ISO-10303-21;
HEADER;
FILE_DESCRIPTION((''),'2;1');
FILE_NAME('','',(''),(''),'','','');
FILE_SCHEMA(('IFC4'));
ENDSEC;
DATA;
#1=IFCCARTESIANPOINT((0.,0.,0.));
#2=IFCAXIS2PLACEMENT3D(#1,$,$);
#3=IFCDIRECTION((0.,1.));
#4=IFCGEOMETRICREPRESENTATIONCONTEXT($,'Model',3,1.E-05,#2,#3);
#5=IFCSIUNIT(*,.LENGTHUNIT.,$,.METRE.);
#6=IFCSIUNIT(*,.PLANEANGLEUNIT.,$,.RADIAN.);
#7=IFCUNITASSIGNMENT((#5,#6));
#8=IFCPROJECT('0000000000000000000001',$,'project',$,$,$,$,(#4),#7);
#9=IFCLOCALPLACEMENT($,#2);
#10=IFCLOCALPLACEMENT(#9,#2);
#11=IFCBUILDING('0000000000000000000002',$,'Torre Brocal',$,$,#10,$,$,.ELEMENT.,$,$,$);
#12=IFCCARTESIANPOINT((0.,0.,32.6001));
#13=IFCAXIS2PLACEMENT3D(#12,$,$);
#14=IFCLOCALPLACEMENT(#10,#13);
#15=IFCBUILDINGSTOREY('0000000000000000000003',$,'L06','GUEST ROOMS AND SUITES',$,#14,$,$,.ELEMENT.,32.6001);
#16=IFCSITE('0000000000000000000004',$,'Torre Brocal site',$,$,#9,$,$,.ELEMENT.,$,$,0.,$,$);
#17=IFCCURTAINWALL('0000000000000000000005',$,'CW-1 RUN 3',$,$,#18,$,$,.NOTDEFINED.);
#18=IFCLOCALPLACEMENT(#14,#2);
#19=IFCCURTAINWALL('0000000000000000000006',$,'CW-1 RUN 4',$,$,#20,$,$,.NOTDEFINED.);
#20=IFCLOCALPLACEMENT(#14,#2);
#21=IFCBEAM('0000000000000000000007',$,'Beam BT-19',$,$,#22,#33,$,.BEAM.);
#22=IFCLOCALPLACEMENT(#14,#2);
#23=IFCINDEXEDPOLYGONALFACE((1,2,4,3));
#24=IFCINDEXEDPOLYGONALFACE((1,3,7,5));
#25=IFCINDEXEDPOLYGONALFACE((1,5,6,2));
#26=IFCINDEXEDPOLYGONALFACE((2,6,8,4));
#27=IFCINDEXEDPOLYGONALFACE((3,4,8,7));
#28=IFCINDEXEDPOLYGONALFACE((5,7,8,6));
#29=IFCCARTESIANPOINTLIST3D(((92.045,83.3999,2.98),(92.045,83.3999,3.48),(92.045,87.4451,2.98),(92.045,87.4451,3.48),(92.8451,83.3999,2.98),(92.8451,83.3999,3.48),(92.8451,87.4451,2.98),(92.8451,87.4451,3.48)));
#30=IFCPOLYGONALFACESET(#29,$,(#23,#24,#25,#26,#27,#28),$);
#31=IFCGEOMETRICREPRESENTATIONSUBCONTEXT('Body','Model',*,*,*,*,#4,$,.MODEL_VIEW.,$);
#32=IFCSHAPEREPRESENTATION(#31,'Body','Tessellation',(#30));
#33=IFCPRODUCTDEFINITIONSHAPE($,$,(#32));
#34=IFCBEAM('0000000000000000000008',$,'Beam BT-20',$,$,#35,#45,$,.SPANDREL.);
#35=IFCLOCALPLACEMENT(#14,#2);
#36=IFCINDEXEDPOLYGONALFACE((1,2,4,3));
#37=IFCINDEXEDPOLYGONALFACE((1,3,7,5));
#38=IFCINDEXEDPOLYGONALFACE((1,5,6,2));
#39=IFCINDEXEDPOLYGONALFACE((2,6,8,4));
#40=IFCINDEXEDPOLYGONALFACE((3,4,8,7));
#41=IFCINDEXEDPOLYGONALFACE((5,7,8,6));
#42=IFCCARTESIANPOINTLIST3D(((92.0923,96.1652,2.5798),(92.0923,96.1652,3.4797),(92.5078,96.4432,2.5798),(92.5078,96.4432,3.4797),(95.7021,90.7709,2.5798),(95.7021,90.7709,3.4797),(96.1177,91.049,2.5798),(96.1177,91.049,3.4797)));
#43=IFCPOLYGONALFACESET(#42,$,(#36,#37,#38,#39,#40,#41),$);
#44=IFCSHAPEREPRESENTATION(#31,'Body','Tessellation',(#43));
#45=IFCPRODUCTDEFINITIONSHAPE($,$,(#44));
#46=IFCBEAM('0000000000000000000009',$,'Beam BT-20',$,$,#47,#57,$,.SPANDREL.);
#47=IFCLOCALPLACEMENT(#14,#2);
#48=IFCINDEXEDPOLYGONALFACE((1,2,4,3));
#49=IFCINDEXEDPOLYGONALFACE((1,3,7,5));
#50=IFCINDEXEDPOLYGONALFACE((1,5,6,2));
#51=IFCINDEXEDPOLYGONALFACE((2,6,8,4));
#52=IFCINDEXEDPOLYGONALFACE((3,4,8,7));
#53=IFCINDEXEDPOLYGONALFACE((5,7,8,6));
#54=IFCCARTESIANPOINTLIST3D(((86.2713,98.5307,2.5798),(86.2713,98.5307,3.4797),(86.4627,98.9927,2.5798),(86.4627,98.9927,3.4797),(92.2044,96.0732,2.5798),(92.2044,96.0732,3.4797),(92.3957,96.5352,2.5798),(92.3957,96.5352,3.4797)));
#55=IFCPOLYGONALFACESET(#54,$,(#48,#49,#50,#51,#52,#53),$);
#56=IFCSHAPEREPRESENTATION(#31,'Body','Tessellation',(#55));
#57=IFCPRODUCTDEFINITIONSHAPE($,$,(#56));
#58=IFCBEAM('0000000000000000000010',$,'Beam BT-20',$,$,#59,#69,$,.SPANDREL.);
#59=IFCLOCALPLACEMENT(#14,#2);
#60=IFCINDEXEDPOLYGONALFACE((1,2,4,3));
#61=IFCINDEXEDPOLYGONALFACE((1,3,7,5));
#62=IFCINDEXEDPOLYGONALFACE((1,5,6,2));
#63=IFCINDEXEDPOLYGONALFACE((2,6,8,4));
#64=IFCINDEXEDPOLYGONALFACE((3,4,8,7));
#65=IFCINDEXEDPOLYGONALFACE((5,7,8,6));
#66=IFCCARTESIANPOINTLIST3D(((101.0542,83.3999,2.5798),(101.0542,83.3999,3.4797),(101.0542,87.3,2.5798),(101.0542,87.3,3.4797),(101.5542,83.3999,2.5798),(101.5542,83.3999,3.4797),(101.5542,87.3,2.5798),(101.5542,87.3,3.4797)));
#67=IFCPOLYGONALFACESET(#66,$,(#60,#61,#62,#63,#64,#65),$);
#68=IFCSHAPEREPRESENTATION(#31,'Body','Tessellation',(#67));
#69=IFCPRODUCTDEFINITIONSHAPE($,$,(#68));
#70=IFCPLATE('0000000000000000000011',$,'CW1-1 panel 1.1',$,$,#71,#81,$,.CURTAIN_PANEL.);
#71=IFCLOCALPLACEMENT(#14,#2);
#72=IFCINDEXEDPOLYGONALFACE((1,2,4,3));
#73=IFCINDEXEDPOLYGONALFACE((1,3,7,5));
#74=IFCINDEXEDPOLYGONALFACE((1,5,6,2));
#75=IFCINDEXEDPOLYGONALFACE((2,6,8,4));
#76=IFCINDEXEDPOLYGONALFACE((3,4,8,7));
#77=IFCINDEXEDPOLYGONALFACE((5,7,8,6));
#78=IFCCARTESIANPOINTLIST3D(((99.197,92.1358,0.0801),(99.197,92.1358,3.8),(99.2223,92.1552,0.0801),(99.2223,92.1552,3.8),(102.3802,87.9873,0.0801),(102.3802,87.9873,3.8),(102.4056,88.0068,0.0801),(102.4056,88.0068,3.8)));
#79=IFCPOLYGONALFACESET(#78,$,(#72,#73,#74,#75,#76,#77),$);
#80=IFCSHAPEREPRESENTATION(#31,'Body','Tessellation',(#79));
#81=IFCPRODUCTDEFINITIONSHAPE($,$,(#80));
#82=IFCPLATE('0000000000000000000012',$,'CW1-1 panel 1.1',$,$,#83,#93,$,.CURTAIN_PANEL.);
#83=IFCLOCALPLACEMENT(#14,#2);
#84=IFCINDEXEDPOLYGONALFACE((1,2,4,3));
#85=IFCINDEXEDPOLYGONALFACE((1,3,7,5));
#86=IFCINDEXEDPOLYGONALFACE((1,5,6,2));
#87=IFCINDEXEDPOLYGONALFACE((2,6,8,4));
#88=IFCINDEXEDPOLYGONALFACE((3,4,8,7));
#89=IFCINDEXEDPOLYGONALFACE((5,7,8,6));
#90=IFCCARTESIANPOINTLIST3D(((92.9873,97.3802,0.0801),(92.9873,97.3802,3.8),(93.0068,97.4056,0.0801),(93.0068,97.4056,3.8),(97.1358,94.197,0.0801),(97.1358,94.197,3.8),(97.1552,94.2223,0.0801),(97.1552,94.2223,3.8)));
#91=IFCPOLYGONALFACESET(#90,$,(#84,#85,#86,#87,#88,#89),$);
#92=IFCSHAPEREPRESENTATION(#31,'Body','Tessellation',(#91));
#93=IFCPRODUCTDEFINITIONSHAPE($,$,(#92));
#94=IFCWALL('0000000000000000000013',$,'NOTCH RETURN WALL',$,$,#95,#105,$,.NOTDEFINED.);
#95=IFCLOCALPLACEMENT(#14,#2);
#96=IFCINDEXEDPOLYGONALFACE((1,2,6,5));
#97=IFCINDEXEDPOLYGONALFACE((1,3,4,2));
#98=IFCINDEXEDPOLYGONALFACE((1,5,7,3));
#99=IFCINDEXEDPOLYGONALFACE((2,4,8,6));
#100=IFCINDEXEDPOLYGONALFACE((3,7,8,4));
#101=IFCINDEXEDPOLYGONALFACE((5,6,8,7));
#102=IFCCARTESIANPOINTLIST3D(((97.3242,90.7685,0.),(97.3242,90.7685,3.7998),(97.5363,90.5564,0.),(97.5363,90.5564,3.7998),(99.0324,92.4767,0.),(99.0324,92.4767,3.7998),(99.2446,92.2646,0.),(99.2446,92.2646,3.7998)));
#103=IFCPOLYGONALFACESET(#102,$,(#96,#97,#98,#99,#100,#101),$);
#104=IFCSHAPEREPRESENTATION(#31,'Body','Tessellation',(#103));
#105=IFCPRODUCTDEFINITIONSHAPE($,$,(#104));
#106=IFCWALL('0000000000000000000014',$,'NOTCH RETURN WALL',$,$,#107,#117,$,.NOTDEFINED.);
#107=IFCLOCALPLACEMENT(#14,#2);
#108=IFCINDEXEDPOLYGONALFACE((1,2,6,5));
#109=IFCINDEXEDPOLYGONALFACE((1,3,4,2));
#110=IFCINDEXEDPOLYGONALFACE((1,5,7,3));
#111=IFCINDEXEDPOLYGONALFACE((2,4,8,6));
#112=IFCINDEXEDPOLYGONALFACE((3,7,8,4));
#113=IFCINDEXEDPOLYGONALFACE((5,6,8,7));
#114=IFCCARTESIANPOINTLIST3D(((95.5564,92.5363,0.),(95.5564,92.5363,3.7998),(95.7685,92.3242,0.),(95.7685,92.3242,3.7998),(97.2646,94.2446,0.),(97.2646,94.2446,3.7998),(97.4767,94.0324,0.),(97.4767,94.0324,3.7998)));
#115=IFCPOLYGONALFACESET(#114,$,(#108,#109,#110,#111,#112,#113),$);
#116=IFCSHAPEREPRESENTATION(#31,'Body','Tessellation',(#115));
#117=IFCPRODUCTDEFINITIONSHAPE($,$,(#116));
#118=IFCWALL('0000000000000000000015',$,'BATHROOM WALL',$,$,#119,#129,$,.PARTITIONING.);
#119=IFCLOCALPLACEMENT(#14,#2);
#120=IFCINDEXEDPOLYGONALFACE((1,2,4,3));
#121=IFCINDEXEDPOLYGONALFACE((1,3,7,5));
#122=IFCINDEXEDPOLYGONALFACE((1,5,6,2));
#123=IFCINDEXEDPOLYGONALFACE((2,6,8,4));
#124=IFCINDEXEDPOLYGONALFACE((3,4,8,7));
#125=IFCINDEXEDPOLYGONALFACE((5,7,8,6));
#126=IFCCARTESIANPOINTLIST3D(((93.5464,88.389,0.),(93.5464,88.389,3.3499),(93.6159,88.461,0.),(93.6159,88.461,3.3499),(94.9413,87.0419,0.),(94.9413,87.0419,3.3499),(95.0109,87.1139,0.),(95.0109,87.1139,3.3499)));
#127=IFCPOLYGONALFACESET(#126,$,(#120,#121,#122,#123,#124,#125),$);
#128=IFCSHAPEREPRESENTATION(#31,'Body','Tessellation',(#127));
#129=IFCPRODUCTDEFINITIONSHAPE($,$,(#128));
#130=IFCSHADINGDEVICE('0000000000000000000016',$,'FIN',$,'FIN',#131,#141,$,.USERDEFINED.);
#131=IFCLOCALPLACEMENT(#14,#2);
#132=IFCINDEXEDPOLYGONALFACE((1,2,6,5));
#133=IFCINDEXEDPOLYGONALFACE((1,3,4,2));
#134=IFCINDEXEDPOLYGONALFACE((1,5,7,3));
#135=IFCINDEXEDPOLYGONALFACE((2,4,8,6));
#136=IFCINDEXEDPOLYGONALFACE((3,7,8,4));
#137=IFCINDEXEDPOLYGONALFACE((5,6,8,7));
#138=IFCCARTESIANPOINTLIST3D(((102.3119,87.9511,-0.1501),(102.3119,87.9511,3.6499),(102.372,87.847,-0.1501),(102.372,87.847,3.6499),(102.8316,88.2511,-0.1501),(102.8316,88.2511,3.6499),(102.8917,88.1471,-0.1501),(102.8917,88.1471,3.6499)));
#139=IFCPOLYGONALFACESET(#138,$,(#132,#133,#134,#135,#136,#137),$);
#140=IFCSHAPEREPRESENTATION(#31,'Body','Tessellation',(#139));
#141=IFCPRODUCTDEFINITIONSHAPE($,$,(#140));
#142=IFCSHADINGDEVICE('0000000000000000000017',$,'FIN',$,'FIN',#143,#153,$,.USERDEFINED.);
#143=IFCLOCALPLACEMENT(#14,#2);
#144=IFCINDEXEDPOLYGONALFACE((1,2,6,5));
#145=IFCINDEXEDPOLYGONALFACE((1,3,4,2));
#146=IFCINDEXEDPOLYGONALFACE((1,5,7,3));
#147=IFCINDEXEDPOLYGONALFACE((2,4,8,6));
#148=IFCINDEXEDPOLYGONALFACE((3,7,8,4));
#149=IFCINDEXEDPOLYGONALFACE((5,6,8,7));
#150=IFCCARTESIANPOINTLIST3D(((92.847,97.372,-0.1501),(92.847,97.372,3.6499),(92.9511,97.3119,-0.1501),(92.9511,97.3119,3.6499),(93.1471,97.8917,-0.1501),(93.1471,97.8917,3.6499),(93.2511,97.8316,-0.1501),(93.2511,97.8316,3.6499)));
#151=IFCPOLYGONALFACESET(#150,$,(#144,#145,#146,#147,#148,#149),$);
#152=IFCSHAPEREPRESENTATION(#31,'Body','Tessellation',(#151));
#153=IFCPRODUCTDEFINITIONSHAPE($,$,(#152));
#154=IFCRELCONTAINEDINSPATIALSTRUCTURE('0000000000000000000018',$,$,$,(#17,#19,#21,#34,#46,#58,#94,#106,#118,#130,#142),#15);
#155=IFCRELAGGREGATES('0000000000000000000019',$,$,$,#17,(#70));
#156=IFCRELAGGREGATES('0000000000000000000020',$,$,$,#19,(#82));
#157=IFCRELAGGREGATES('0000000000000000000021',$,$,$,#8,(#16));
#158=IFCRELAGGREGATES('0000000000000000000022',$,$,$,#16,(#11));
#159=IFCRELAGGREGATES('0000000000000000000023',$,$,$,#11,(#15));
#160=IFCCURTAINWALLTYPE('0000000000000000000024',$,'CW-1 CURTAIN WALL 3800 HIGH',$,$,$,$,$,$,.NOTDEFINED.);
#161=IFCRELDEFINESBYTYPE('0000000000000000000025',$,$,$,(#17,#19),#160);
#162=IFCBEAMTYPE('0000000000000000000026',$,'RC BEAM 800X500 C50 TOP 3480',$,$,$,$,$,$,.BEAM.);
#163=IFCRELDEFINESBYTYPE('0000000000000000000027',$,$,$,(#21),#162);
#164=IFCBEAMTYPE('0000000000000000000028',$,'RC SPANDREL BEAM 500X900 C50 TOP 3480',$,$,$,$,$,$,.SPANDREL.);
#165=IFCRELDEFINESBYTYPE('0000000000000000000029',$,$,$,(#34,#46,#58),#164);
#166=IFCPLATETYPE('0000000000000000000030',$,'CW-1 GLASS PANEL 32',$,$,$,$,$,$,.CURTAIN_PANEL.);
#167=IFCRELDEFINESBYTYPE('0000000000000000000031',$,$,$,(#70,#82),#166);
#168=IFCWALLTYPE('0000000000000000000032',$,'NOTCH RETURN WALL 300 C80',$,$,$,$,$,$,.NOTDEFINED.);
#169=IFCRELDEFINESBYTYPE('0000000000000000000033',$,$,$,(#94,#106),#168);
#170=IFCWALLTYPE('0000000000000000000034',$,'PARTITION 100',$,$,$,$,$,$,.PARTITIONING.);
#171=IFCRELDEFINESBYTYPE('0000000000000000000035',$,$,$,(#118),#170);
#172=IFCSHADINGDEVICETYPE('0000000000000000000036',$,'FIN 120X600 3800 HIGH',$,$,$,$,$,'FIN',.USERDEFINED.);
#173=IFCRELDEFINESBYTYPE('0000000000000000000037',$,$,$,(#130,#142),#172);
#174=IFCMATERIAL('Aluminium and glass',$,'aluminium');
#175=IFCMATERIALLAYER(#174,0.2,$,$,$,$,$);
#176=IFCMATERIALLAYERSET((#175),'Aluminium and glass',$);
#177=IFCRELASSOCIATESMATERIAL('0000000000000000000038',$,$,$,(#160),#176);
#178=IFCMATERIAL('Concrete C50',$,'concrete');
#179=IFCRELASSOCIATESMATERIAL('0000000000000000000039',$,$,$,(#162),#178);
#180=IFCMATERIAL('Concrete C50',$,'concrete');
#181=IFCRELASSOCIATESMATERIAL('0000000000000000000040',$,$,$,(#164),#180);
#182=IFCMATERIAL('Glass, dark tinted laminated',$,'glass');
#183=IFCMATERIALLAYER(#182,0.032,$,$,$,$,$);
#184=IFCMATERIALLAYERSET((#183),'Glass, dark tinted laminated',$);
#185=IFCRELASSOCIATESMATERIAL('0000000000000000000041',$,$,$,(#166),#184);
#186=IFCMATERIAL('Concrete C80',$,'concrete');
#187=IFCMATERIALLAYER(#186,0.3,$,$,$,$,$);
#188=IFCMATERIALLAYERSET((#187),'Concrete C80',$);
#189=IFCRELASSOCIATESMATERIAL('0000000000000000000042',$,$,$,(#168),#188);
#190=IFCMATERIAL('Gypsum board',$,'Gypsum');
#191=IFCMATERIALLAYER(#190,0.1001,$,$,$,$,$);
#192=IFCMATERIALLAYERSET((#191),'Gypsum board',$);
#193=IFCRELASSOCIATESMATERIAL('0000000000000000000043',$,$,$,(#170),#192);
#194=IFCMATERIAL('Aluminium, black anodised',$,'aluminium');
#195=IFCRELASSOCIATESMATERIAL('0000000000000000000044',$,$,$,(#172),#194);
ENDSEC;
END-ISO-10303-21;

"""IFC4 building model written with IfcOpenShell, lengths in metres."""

from ifc_helpers import new_model, si_unit, direction, frame, frame_2d, origin, origin_2d, place, context, subcontext, project, spatial, rectangle, extrude, material, layer, layer_set, material_profile, profile_set, type_object, element, aggregate, save


model = new_model("IFC4")

# Units and contexts
model_context = context("Model", 3, precision=1e-05, world=origin(), true_north=direction((0.0, 1.0)))
body_context = subcontext(model_context, "Body", "Model", "MODEL_VIEW")
ifc_project = project(units=[si_unit("LENGTHUNIT", "METRE"), si_unit("PLANEANGLEUNIT", "RADIAN")], contexts=[model_context])

# Site, building, storey
site_placement = place(None, origin())
site = spatial("IfcSite", under=ifc_project, at=site_placement, Name="Torre Brocal site", CompositionType="ELEMENT", RefElevation=0.0)
building_placement = place(site_placement, origin())
building = spatial("IfcBuilding", under=site, at=building_placement, Name="Torre Brocal", CompositionType="ELEMENT")
storey_placement = place(building_placement, frame((0.0, 0.0, 32.6001)))
storey = spatial("IfcBuildingStorey", under=building, at=storey_placement, Name="L06", Description="GUEST ROOMS AND SUITES", CompositionType="ELEMENT", Elevation=32.6001)

# Shared definitions
ifc_material_1 = material(Name="Aluminium and glass", Category="aluminium")
ifc_layer_1 = layer(ifc_material_1, 0.2)
ifc_layer_set_1 = layer_set([ifc_layer_1], Name="Aluminium and glass")
curtain_wall_type = type_object("IfcCurtainWallType", Name="CW-1 CURTAIN WALL 3800 HIGH", PredefinedType="NOTDEFINED", material=ifc_layer_set_1)

# Curtain walls
curtain_wall_1_placement = place(storey_placement, origin())
curtain_wall_1 = element("IfcCurtainWall", 1, at=curtain_wall_1_placement, inside=storey, type_object=curtain_wall_type, Name="CW-1 RUN 3", PredefinedType="NOTDEFINED")
curtain_wall_2_placement = place(storey_placement, origin())
curtain_wall_2 = element("IfcCurtainWall", 2, at=curtain_wall_2_placement, inside=storey, type_object=curtain_wall_type, Name="CW-1 RUN 4", PredefinedType="NOTDEFINED")

# Beams
ifc_material_2 = material(Name="Concrete C50", Category="concrete")
ifc_material_profile_1 = material_profile(ifc_material_2, rectangle(XDim=0.8, YDim=0.5, at=origin_2d()), Name="RC 800X500")
ifc_profile_set_1 = profile_set([ifc_material_profile_1], Name="Concrete C50")
beam_type_1 = type_object("IfcBeamType", Name="RC BEAM 800X500 C50 TOP 3480", PredefinedType="BEAM", material=ifc_profile_set_1)
beam_1_placement = place(storey_placement, frame((92.4451, 87.4451, 3.23), z_axis=(0.0, -1.0, 0.0), x_axis=(1.0, 0.0, 0.0)))
element("IfcBeam", 3, at=beam_1_placement, inside=storey, type_object=beam_type_1, Name="Beam BT-19", PredefinedType="BEAM", context=body_context, shape_type="SweptSolid", body=[
    extrude(rectangle(XDim=0.8, YDim=0.5, at=origin_2d()), origin(), (0.0, 0.0, 1.0), 4.0452),
])
ifc_material_3 = material(Name="Concrete C50", Category="concrete")
ifc_material_profile_2 = material_profile(ifc_material_3, rectangle(XDim=0.5, YDim=0.8999, at=origin_2d()), Name="RC 500X900")
ifc_profile_set_2 = profile_set([ifc_material_profile_2], Name="Concrete C50")
beam_type_2 = type_object("IfcBeamType", Name="RC SPANDREL BEAM 500X900 C50 TOP 3480", PredefinedType="SPANDREL", material=ifc_profile_set_2)
beam_2_placement = place(storey_placement, frame((95.9099, 90.9099, 3.0298), z_axis=(-0.556158, 0.831077, 0.0), x_axis=(-0.831077, -0.556158, 0.0)))
element("IfcBeam", 4, at=beam_2_placement, inside=storey, type_object=beam_type_2, Name="Beam BT-20", PredefinedType="SPANDREL", context=body_context, shape_type="SweptSolid", body=[
    extrude(rectangle(XDim=0.5, YDim=0.8999, at=origin_2d()), origin(), (0.0, 0.0, 1.0), 6.4907),
])
beam_3_placement = place(storey_placement, frame((92.3, 96.3042, 3.0298), z_axis=(-0.923882, 0.382676, 0.0), x_axis=(-0.382676, -0.923882, 0.0)))
element("IfcBeam", 5, at=beam_3_placement, inside=storey, type_object=beam_type_2, Name="Beam BT-20", PredefinedType="SPANDREL", context=body_context, shape_type="SweptSolid", body=[
    extrude(rectangle(XDim=0.5, YDim=0.8999, at=origin_2d()), origin(), (0.0, 0.0, 1.0), 6.4219),
])
beam_4_placement = place(storey_placement, frame((101.3042, 87.3, 3.0298), z_axis=(0.0, -1.0, 0.0), x_axis=(1.0, 0.0, 0.0)))
element("IfcBeam", 6, at=beam_4_placement, inside=storey, type_object=beam_type_2, Name="Beam BT-20", PredefinedType="SPANDREL", context=body_context, shape_type="SweptSolid", body=[
    extrude(rectangle(XDim=0.5, YDim=0.8999, at=origin_2d()), origin(), (0.0, 0.0, 1.0), 3.9001),
])

# Plates
ifc_material_4 = material(Name="Glass, dark tinted laminated", Category="glass")
ifc_layer_2 = layer(ifc_material_4, 0.032)
ifc_layer_set_2 = layer_set([ifc_layer_2], Name="Glass, dark tinted laminated")
plate_type = type_object("IfcPlateType", Name="CW-1 GLASS PANEL 32", PredefinedType="CURTAIN_PANEL", material=ifc_layer_set_2)
plate_1_placement = place(storey_placement, frame((100.8013, 90.0713, 0.0801), z_axis=(0.0, 0.0, 1.0), x_axis=(-0.608761, 0.793353, 0.0)))
plate_1 = element("IfcPlate", 7, at=plate_1_placement, type_object=plate_type, Name="CW1-1 panel 1.1", PredefinedType="CURTAIN_PANEL", context=body_context, shape_type="SweptSolid", body=[
    extrude(rectangle(XDim=5.229, YDim=0.032, at=origin_2d()), origin(), (0.0, 0.0, 1.0), 3.72),
])
aggregate(curtain_wall_1, [plate_1])
plate_2_placement = place(storey_placement, frame((95.0713, 95.8013, 0.0801), z_axis=(0.0, 0.0, 1.0), x_axis=(-0.793353, 0.608761, 0.0)))
plate_2 = element("IfcPlate", 8, at=plate_2_placement, type_object=plate_type, Name="CW1-1 panel 1.1", PredefinedType="CURTAIN_PANEL", context=body_context, shape_type="SweptSolid", body=[
    extrude(rectangle(XDim=5.229, YDim=0.032, at=origin_2d()), origin(), (0.0, 0.0, 1.0), 3.72),
])
aggregate(curtain_wall_2, [plate_2])

# Walls
ifc_material_5 = material(Name="Concrete C80", Category="concrete")
ifc_layer_3 = layer(ifc_material_5, 0.3)
ifc_layer_set_3 = layer_set([ifc_layer_3], Name="Concrete C80")
wall_type_1 = type_object("IfcWallType", Name="NOTCH RETURN WALL 300 C80", PredefinedType="NOTDEFINED", material=ifc_layer_set_3)
for number, where, z_axis, x_axis, name in (
    (9, (97.4302, 90.6624, 0.0), (0.0, 0.0, 1.0), (0.707107, 0.707107, 0.0), "NOTCH RETURN WALL"),
    (10, (95.6624, 92.4302, 0.0), (0.0, 0.0, 1.0), (0.707107, 0.707107, 0.0), "NOTCH RETURN WALL"),
):
    element("IfcWall", number, at=place(storey_placement, frame(where, z_axis=z_axis, x_axis=x_axis)), inside=storey, type_object=wall_type_1, Name=name, PredefinedType="NOTDEFINED", context=body_context, shape_type="SweptSolid", body=[
        extrude(rectangle(XDim=2.4158, YDim=0.3, at=frame_2d((1.208, 0.0))), origin(), (0.0, 0.0, 1.0), 3.7998),
    ])
ifc_material_6 = material(Name="Gypsum board", Category="Gypsum")
ifc_layer_4 = layer(ifc_material_6, 0.1001)
ifc_layer_set_4 = layer_set([ifc_layer_4], Name="Gypsum board")
wall_type_2 = type_object("IfcWallType", Name="PARTITION 100", PredefinedType="PARTITIONING", material=ifc_layer_set_4)
wall_placement = place(storey_placement, frame((93.5811, 88.425, 0.0), z_axis=(0.0, 0.0, 1.0), x_axis=(0.719336, -0.694662, 0.0)))
element("IfcWall", 11, at=wall_placement, inside=storey, type_object=wall_type_2, Name="BATHROOM WALL", PredefinedType="PARTITIONING", context=body_context, shape_type="SweptSolid", body=[
    extrude(rectangle(XDim=1.9392, YDim=0.1001, at=frame_2d((0.9697, 0.0))), origin(), (0.0, 0.0, 1.0), 3.3499),
])

# Shading devices
ifc_material_7 = material(Name="Aluminium, black anodised", Category="aluminium")
ifc_material_profile_3 = material_profile(ifc_material_7, rectangle(XDim=0.1201, YDim=0.6001, at=origin_2d()), Name="FIN 120X600 3800 HIGH")
ifc_profile_set_3 = profile_set([ifc_material_profile_3], Name="Aluminium, black anodised")
shading_device_type = type_object("IfcShadingDeviceType", Name="FIN 120X600 3800 HIGH", ElementType="FIN", PredefinedType="USERDEFINED", material=ifc_profile_set_3)
for number, where, z_axis, x_axis, name in (
    (12, (102.6018, 88.0491, -0.1501), (0.0, 0.0, 1.0), (-0.5, 0.866025, 0.0), "FIN"),
    (13, (93.0491, 97.6018, -0.1501), (0.0, 0.0, 1.0), (-0.866025, 0.5, 0.0), "FIN"),
):
    element("IfcShadingDevice", number, at=place(storey_placement, frame(where, z_axis=z_axis, x_axis=x_axis)), inside=storey, type_object=shading_device_type, Name=name, ObjectType="FIN", PredefinedType="USERDEFINED", context=body_context, shape_type="SweptSolid", body=[
        extrude(rectangle(XDim=0.1201, YDim=0.6001, at=origin_2d()), origin(), (0.0, 0.0, 1.0), 3.8),
    ])

save(model, "model.ifc")
